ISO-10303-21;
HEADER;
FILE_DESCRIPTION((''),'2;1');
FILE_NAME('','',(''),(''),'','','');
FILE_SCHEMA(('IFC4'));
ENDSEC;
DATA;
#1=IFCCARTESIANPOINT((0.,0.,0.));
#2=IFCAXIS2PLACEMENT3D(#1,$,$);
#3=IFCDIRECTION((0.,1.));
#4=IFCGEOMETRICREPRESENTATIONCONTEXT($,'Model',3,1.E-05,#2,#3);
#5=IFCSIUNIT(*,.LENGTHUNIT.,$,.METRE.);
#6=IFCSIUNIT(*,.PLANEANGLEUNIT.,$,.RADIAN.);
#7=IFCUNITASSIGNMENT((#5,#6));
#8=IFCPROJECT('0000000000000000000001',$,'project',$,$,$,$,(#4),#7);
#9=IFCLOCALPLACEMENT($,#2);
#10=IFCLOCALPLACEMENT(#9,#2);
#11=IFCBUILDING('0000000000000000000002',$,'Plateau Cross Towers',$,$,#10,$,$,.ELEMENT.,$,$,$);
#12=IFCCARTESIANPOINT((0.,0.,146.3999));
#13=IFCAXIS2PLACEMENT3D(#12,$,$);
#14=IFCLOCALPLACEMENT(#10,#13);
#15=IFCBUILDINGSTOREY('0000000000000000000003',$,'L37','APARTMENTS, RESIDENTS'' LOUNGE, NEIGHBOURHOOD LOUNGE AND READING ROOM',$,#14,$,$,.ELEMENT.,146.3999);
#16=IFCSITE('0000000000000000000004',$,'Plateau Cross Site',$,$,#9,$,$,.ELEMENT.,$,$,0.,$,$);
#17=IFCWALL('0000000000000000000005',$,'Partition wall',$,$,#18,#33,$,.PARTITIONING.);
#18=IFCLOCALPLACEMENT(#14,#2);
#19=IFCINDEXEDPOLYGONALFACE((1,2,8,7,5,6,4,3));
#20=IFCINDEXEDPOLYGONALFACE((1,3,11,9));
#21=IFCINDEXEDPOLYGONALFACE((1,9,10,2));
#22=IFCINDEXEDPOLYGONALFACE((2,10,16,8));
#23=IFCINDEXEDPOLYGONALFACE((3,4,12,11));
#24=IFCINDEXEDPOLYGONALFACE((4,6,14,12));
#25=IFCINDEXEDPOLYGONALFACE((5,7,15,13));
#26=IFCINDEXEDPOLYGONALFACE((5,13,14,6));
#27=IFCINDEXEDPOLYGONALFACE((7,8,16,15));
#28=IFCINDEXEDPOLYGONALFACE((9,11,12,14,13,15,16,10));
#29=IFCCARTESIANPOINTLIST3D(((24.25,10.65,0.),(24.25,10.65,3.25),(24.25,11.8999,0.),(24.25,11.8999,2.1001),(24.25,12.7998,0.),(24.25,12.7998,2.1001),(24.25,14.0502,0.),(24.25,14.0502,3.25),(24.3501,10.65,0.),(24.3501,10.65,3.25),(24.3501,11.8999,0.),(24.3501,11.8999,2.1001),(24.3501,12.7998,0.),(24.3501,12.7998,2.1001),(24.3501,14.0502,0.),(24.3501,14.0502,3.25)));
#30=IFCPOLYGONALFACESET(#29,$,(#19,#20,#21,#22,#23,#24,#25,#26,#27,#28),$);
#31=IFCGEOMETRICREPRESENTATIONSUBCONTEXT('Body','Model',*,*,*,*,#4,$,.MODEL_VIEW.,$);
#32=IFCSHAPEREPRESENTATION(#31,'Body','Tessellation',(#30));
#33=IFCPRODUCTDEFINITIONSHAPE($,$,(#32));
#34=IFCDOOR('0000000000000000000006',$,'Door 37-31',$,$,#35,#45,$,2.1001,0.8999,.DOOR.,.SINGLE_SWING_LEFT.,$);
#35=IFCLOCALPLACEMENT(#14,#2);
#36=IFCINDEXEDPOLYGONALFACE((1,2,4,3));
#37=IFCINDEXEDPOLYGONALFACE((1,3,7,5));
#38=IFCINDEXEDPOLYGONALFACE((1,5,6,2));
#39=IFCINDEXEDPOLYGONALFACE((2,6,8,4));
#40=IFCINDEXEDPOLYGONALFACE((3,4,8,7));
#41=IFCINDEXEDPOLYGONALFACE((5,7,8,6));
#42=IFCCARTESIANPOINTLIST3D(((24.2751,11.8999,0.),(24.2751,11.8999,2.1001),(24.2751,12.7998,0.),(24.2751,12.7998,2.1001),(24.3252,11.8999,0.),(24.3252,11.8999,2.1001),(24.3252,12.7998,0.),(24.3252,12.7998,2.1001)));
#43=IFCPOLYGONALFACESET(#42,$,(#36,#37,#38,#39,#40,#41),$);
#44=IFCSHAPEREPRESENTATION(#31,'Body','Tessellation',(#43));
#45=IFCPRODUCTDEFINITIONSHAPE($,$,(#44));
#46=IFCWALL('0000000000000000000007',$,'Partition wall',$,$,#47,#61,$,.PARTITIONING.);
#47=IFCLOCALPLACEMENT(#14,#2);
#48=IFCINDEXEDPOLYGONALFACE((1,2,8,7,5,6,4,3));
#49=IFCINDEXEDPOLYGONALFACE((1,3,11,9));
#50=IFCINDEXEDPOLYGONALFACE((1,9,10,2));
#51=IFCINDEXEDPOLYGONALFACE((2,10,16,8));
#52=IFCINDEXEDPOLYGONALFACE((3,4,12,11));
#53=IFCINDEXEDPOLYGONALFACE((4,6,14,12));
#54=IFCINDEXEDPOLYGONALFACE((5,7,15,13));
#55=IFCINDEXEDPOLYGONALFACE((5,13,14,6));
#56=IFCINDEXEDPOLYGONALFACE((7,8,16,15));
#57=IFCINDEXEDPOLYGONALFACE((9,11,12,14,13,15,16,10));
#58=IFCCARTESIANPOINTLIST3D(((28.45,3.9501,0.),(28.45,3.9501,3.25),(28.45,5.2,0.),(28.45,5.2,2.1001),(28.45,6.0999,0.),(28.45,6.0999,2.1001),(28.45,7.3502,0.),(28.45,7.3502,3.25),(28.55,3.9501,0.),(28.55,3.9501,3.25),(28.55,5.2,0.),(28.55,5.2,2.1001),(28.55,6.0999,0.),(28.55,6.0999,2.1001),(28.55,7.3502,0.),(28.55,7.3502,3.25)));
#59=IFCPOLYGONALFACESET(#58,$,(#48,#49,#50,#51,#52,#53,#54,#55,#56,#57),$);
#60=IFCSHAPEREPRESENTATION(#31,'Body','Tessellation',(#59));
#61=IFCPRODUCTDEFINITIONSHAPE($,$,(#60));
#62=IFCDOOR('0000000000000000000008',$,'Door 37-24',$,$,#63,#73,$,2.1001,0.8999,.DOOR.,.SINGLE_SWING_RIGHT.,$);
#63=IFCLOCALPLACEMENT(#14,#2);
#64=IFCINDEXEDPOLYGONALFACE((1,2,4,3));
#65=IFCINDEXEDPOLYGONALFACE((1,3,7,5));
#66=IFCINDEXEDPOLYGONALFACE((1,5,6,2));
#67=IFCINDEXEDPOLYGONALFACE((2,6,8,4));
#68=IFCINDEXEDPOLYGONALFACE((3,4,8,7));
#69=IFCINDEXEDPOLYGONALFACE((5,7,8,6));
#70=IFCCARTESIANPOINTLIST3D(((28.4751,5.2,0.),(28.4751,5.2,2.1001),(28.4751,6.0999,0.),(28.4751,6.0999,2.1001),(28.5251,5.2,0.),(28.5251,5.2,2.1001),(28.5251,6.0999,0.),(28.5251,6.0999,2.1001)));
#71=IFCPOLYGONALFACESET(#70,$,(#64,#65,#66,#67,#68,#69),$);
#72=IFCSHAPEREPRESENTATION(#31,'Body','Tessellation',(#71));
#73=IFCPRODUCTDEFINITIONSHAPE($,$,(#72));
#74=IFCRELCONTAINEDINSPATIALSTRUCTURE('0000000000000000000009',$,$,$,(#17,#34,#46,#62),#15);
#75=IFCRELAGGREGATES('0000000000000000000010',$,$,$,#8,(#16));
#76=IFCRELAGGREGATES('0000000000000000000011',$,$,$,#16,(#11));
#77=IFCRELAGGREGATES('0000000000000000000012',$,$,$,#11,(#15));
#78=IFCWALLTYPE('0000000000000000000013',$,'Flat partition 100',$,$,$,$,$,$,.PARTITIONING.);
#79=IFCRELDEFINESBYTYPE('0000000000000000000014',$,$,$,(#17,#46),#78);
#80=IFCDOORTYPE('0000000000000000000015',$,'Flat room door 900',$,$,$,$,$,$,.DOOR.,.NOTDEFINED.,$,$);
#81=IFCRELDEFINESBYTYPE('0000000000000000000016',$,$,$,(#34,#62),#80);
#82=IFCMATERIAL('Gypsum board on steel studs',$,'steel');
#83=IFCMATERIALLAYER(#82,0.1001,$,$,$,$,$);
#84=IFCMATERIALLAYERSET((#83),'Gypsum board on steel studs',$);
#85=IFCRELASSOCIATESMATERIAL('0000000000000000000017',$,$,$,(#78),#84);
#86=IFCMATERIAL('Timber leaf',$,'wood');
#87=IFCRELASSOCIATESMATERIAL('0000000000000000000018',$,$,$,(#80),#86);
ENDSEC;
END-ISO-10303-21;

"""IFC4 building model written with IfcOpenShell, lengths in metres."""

from ifc_helpers import new_model, si_unit, direction, frame, frame_2d, origin, place, context, subcontext, project, spatial, rectangle, extrude, material, layer, layer_set, type_object, element, fill, save


model = new_model("IFC4")

# Units and contexts
model_context = context("Model", 3, precision=1e-05, world=origin(), true_north=direction((0.0, 1.0)))
body_context = subcontext(model_context, "Body", "Model", "MODEL_VIEW")
ifc_project = project(units=[si_unit("LENGTHUNIT", "METRE"), si_unit("PLANEANGLEUNIT", "RADIAN")], contexts=[model_context])

# Site, building, storey
site_placement = place(None, origin())
site = spatial("IfcSite", under=ifc_project, at=site_placement, Name="Plateau Cross Site", CompositionType="ELEMENT", RefElevation=0.0)
building_placement = place(site_placement, origin())
building = spatial("IfcBuilding", under=site, at=building_placement, Name="Plateau Cross Towers", CompositionType="ELEMENT")
storey_placement = place(building_placement, frame((0.0, 0.0, 146.3999)))
storey = spatial("IfcBuildingStorey", under=building, at=storey_placement, Name="L37", Description="APARTMENTS, RESIDENTS' LOUNGE, NEIGHBOURHOOD LOUNGE AND READING ROOM", CompositionType="ELEMENT", Elevation=146.3999)

# Shared definitions
ifc_material_1 = material(Name="Gypsum board on steel studs", Category="steel")
ifc_layer_1 = layer(ifc_material_1, 0.1001)
ifc_layer_set_1 = layer_set([ifc_layer_1], Name="Gypsum board on steel studs")
wall_type_1 = type_object("IfcWallType", Name="Flat partition 100", PredefinedType="PARTITIONING", material=ifc_layer_set_1)

# Walls, openings, doors
ifc_material_2 = material(Name="Timber leaf", Category="wood")
door_type_1 = type_object("IfcDoorType", Name="Flat room door 900", OperationType="NOTDEFINED", PredefinedType="DOOR", material=ifc_material_2)
wall_1_placement = place(storey_placement, frame((24.3, 10.6499, 0.0), z_axis=(0.0, 0.0, 1.0), x_axis=(0.0, 1.0, 0.0)))
wall_1 = element("IfcWall", 1, at=wall_1_placement, inside=storey, type_object=wall_type_1, Name="Partition wall", PredefinedType="PARTITIONING", context=body_context, shape_type="SweptSolid", body=[
    extrude(rectangle(XDim=3.4001, YDim=0.1001, at=frame_2d((1.7002, 0.0))), origin(), (0.0, 0.0, 1.0), 3.25),
])
opening_1_placement = place(wall_1_placement, frame((1.25, 0.0, 0.0)))
opening_1 = element("IfcOpeningElement", 2, at=opening_1_placement, cuts=wall_1, PredefinedType="OPENING", context=body_context, shape_type="SweptSolid", body=[
    extrude(rectangle(XDim=0.8999, YDim=2.1001, at=frame_2d((0.45, 1.05))), frame((0.0, 0.0601, 0.0), z_axis=(0.0, -1.0, 0.0), x_axis=(1.0, 0.0, 0.0)), (0.0, 0.0, 1.0), 0.1201),
])
door_1_placement = place(opening_1_placement, origin())
door_1 = element("IfcDoor", 3, at=door_1_placement, inside=storey, type_object=door_type_1, Name="Door 37-31", OperationType="SINGLE_SWING_LEFT", OverallHeight=2.1001, OverallWidth=0.8999, PredefinedType="DOOR", context=body_context, shape_type="SweptSolid", body=[
    extrude(rectangle(XDim=0.8999, YDim=2.1001, at=frame_2d((0.45, 1.05))), frame((0.0, 0.0249, 0.0), z_axis=(0.0, -1.0, 0.0), x_axis=(1.0, 0.0, 0.0)), (0.0, 0.0, 1.0), 0.05),
])
fill(opening_1, door_1)
wall_2_placement = place(storey_placement, frame((28.5, 3.95, 0.0), z_axis=(0.0, 0.0, 1.0), x_axis=(0.0, 1.0, 0.0)))
wall_2 = element("IfcWall", 4, at=wall_2_placement, inside=storey, type_object=wall_type_1, Name="Partition wall", PredefinedType="PARTITIONING", context=body_context, shape_type="SweptSolid", body=[
    extrude(rectangle(XDim=3.4001, YDim=0.1001, at=frame_2d((1.7002, 0.0))), origin(), (0.0, 0.0, 1.0), 3.25),
])
opening_2_placement = place(wall_2_placement, frame((1.25, 0.0, 0.0)))
opening_2 = element("IfcOpeningElement", 5, at=opening_2_placement, cuts=wall_2, PredefinedType="OPENING", context=body_context, shape_type="SweptSolid", body=[
    extrude(rectangle(XDim=0.8999, YDim=2.1001, at=frame_2d((0.45, 1.05))), frame((0.0, 0.0601, 0.0), z_axis=(0.0, -1.0, 0.0), x_axis=(1.0, 0.0, 0.0)), (0.0, 0.0, 1.0), 0.1201),
])
door_2_placement = place(opening_2_placement, origin())
door_2 = element("IfcDoor", 6, at=door_2_placement, inside=storey, type_object=door_type_1, Name="Door 37-24", OperationType="SINGLE_SWING_RIGHT", OverallHeight=2.1001, OverallWidth=0.8999, PredefinedType="DOOR", context=body_context, shape_type="SweptSolid", body=[
    extrude(rectangle(XDim=0.8999, YDim=2.1001, at=frame_2d((0.45, 1.05))), frame((0.0, 0.0249, 0.0), z_axis=(0.0, -1.0, 0.0), x_axis=(1.0, 0.0, 0.0)), (0.0, 0.0, 1.0), 0.05),
])
fill(opening_2, door_2)

save(model, "model.ifc")
